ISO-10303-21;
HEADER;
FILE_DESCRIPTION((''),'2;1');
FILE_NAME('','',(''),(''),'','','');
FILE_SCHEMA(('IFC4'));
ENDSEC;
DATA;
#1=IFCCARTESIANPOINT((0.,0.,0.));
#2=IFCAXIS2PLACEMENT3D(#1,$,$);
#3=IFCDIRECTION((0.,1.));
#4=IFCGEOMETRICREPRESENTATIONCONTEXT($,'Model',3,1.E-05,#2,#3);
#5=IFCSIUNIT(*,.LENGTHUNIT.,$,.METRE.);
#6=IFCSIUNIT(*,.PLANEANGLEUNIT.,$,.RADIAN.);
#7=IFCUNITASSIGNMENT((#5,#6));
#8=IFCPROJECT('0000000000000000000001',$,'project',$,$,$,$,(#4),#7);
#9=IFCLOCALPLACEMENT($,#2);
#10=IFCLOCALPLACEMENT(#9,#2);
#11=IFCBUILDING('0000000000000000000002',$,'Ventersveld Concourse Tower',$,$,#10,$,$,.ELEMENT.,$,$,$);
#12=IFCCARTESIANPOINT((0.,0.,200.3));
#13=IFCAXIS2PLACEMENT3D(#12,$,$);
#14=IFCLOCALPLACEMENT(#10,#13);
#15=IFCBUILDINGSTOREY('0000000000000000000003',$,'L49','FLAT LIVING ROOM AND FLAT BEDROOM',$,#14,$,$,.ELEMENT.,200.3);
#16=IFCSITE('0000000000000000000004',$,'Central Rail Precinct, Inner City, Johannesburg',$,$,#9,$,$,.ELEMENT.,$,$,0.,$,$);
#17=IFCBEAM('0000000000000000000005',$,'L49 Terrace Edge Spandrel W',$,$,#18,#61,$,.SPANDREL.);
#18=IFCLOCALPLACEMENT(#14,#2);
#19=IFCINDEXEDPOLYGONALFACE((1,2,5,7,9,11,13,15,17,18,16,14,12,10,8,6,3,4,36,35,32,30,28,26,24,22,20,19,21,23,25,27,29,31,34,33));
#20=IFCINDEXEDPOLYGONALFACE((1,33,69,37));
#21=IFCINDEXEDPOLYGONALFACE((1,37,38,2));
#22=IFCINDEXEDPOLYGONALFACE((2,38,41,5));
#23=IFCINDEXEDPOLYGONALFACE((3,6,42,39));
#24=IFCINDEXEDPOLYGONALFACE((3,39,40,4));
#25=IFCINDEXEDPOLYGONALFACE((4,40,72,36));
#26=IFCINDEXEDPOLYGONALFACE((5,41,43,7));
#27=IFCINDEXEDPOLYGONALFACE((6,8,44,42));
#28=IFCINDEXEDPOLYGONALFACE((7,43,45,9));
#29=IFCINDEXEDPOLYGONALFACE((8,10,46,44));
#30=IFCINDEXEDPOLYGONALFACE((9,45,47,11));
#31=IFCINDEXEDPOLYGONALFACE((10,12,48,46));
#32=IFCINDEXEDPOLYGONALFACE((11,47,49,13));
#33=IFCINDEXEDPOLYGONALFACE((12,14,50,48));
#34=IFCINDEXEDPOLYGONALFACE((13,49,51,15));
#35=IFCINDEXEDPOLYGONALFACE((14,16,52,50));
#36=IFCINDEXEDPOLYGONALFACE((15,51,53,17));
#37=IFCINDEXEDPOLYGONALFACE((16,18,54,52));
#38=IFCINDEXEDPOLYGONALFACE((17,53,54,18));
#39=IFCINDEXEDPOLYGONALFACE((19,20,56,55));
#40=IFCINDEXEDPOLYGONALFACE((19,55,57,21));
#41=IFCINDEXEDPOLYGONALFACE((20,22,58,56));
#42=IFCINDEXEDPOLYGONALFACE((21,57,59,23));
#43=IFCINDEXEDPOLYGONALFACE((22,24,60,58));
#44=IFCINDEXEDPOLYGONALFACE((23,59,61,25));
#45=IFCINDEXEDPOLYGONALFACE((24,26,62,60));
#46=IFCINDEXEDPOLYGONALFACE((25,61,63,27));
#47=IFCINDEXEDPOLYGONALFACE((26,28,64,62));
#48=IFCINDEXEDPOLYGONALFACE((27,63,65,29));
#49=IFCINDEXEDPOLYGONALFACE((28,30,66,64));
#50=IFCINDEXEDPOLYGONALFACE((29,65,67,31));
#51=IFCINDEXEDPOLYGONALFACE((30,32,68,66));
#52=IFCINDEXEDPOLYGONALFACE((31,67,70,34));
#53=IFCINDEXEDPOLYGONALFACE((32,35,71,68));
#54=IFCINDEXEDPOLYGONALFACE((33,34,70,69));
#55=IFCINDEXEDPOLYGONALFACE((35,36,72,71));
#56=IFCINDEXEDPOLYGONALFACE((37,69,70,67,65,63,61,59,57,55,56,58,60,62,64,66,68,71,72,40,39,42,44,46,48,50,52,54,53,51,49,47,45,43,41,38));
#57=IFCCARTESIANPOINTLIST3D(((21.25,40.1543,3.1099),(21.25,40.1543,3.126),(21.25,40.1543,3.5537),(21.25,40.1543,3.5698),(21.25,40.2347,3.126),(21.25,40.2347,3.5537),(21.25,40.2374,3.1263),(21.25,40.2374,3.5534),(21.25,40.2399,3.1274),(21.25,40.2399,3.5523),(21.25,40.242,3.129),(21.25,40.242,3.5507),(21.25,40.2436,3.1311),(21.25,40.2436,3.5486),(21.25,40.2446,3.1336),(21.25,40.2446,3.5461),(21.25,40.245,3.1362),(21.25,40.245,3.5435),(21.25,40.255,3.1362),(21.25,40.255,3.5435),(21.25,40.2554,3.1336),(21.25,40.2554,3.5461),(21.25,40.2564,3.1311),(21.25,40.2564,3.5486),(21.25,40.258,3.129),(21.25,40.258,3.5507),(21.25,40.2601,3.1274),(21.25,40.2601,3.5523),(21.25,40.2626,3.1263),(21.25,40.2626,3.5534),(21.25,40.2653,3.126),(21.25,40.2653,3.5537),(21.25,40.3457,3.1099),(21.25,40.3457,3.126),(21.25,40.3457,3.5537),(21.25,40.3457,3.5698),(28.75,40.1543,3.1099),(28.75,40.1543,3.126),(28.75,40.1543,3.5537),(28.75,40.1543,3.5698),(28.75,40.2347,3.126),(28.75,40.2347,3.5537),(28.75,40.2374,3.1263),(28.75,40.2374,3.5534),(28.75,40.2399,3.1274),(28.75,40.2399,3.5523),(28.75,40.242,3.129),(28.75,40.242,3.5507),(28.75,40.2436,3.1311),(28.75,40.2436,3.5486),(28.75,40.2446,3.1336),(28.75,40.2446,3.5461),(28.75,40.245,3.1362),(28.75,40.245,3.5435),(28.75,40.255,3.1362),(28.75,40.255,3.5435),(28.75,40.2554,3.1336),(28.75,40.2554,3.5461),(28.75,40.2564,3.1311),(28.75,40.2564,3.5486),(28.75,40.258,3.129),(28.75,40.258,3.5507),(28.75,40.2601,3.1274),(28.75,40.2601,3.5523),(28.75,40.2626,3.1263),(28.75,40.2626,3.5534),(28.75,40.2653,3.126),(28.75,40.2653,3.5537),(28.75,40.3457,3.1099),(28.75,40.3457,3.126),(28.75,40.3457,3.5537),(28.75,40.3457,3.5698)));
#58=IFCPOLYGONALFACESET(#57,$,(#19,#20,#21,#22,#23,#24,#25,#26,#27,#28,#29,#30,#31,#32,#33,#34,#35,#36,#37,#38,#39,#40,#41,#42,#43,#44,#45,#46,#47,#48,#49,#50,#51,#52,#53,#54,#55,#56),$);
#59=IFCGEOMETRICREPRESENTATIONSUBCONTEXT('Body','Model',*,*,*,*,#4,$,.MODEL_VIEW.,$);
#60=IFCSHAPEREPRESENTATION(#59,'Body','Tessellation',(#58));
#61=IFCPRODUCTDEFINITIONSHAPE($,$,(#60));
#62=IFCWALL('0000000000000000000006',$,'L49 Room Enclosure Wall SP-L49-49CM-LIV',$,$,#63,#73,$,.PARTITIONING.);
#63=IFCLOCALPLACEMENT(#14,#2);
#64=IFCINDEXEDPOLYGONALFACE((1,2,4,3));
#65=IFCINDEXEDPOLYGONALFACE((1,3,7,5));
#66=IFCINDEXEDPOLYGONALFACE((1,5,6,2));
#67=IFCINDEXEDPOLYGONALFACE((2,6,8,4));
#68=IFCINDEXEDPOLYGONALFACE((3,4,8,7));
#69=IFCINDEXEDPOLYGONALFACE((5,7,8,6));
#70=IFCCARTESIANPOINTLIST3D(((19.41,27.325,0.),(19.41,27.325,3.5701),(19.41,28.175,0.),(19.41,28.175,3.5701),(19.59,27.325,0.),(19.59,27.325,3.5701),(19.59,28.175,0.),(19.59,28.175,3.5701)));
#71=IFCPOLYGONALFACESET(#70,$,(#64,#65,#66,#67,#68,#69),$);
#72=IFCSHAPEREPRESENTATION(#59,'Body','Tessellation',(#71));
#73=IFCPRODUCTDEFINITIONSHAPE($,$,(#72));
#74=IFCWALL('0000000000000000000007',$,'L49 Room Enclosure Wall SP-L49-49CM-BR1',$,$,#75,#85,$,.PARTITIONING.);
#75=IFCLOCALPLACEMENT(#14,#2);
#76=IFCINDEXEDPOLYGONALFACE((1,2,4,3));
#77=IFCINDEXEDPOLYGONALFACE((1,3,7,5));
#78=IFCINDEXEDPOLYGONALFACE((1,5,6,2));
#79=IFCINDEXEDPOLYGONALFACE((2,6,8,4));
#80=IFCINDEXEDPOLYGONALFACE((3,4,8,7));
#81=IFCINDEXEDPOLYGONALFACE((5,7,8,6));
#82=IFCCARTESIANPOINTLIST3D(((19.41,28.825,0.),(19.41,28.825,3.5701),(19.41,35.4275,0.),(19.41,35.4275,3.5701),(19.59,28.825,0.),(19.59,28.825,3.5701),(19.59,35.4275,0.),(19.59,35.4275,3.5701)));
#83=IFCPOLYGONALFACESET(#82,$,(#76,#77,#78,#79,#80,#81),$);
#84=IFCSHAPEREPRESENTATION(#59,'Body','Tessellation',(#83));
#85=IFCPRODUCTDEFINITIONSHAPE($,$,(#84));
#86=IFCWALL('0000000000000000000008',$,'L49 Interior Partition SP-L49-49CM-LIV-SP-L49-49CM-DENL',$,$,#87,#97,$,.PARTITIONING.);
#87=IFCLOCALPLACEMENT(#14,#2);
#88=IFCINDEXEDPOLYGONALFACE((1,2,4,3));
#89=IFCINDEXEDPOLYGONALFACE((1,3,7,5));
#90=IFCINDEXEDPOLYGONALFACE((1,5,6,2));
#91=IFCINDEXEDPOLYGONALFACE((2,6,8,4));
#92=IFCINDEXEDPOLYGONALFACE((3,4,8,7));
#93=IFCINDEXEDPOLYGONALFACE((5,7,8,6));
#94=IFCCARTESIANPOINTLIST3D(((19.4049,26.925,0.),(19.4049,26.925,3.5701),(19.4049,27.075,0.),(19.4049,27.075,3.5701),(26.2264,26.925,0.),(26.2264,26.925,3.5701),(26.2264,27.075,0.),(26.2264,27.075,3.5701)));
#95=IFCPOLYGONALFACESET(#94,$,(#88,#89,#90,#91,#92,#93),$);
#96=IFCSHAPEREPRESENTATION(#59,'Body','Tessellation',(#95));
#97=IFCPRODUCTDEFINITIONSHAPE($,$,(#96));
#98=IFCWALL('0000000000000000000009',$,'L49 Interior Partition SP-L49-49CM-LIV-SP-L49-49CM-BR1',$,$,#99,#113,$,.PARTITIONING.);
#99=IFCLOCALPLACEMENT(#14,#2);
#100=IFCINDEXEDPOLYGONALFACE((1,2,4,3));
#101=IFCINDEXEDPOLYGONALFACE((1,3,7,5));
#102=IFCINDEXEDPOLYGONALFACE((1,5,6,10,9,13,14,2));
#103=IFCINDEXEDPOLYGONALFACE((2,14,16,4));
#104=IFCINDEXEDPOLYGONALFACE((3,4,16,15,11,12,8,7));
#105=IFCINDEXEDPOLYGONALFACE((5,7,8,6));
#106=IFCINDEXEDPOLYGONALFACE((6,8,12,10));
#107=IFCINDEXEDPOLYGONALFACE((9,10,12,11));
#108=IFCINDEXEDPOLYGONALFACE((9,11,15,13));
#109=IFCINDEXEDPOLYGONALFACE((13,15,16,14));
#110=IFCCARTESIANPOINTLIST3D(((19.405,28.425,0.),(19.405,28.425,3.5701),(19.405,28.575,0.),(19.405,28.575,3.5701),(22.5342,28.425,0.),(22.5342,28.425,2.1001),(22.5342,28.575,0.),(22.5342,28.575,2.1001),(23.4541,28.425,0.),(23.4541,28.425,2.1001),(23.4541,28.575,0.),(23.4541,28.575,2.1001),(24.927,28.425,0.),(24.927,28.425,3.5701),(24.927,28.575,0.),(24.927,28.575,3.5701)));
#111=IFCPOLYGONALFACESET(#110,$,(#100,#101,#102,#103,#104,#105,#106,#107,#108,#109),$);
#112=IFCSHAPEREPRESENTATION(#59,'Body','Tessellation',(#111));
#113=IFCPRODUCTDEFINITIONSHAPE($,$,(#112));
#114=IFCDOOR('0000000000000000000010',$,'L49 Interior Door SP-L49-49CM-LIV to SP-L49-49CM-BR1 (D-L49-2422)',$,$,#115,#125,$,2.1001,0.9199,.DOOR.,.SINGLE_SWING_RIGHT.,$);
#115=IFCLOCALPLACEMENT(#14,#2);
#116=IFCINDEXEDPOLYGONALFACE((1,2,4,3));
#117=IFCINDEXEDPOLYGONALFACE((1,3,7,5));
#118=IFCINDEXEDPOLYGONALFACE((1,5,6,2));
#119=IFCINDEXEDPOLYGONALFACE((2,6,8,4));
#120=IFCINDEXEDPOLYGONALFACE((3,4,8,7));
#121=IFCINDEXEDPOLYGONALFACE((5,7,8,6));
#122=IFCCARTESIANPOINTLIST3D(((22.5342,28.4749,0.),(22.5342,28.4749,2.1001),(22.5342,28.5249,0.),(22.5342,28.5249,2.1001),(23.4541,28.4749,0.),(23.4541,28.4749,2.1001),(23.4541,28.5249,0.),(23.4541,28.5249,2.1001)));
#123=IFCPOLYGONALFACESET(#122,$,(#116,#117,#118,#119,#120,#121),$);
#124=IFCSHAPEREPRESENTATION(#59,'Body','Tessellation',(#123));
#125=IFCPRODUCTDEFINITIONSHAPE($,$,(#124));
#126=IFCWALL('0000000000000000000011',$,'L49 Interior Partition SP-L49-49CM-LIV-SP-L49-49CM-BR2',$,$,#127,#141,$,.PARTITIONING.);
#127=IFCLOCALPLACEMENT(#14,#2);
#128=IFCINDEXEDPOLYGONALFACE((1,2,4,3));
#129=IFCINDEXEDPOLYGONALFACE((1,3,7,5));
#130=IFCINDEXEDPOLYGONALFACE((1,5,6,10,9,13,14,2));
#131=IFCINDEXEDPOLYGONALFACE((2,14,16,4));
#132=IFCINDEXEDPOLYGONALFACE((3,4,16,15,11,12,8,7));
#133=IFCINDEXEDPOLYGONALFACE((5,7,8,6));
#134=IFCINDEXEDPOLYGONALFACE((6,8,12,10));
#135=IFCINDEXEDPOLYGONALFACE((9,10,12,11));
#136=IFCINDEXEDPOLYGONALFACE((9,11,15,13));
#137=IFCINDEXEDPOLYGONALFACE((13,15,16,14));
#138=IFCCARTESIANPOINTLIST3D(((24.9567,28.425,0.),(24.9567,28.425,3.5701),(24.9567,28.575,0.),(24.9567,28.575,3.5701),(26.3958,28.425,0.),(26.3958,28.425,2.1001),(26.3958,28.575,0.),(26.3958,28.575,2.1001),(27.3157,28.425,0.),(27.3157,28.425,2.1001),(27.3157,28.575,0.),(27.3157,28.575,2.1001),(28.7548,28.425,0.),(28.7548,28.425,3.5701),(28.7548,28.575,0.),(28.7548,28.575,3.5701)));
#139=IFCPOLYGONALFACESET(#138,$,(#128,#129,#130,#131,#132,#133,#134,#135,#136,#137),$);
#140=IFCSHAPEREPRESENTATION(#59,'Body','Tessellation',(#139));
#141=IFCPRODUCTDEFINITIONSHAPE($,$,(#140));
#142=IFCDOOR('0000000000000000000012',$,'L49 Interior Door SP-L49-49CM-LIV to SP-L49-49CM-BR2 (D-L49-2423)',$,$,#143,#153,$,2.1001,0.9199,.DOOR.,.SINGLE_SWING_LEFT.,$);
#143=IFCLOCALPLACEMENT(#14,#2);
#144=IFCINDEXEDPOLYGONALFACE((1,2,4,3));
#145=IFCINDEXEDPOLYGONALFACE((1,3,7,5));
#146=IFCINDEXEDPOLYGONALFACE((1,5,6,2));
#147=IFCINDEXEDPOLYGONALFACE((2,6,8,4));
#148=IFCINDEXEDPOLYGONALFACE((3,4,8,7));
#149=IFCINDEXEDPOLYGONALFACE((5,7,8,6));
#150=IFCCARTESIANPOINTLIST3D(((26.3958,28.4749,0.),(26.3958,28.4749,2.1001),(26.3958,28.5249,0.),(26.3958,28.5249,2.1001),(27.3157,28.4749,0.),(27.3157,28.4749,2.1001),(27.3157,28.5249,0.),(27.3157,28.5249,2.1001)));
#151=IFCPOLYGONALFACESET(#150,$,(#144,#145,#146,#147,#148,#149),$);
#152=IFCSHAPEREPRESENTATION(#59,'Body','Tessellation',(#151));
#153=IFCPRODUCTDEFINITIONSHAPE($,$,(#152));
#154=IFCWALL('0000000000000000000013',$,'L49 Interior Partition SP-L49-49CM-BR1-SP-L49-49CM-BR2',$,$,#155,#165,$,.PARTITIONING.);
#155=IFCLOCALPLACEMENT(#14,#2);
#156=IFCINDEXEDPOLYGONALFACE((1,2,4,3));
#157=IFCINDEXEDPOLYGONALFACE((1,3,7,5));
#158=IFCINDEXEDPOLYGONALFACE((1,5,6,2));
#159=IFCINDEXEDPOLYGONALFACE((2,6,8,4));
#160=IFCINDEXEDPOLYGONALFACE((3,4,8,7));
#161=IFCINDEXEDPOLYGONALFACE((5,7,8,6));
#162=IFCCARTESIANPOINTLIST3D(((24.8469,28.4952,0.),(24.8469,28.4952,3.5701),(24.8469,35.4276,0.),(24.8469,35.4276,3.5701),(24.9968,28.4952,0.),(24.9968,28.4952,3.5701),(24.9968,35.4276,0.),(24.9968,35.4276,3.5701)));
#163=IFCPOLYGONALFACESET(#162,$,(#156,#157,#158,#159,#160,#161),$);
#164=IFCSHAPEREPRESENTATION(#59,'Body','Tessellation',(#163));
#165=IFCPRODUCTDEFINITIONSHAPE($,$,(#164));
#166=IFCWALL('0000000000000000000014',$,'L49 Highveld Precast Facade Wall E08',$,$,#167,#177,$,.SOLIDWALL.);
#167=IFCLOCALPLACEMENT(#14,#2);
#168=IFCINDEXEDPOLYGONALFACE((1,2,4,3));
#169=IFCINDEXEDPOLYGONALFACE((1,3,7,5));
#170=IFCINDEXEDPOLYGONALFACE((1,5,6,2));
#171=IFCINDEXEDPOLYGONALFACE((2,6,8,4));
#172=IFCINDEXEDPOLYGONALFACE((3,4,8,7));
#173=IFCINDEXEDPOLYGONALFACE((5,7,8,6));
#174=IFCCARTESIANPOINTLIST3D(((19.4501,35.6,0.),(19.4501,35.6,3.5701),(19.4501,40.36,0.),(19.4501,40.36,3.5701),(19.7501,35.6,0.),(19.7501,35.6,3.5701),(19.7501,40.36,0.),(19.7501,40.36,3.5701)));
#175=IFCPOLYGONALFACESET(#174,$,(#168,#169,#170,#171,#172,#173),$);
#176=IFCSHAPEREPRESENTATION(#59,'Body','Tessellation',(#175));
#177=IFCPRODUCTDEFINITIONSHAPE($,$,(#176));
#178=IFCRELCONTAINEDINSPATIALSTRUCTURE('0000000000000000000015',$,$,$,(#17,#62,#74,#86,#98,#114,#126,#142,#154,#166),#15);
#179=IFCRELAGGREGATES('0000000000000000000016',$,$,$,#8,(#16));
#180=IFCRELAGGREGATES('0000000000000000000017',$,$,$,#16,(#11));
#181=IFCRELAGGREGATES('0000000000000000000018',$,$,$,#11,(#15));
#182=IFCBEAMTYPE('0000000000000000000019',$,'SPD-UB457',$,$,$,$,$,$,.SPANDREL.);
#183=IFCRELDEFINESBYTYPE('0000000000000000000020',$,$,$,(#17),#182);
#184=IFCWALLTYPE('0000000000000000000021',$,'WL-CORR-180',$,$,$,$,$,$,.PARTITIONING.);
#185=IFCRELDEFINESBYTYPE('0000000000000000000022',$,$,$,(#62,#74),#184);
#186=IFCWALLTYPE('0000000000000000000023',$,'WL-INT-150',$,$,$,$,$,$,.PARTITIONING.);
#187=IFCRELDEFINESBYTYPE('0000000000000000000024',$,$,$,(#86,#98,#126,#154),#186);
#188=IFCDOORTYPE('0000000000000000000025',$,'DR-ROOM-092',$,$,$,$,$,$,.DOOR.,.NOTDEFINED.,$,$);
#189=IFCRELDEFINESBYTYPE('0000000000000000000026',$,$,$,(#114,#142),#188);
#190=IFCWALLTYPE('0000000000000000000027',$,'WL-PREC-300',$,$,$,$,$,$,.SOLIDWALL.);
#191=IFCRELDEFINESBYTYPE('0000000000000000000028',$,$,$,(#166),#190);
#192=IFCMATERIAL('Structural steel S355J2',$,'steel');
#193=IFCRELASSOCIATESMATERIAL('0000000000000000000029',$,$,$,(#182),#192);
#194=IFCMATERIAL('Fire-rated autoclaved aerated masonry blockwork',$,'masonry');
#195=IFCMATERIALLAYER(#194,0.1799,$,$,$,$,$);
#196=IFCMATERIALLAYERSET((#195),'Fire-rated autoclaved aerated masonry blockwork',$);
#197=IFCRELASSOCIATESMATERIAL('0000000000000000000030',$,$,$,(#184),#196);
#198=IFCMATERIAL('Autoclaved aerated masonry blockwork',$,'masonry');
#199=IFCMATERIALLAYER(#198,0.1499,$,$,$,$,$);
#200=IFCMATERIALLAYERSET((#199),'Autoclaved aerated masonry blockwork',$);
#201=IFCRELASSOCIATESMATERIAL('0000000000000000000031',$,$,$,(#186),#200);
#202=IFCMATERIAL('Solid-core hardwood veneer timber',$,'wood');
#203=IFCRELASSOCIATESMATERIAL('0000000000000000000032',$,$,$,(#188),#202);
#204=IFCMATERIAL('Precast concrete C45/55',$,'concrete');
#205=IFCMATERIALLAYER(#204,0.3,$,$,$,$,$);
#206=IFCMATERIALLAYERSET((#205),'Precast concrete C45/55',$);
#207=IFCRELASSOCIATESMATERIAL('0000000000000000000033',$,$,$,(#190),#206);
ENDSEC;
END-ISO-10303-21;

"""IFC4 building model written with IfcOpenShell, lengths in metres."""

from ifc_helpers import new_model, si_unit, direction, frame, frame_2d, origin, origin_2d, place, context, subcontext, project, spatial, rectangle, i_section, extrude, material, layer, layer_set, material_profile, profile_set, type_object, element, fill, save


model = new_model("IFC4")

# Units and contexts
model_context = context("Model", 3, precision=1e-05, world=origin(), true_north=direction((0.0, 1.0)))
body_context = subcontext(model_context, "Body", "Model", "MODEL_VIEW")
ifc_project = project(units=[si_unit("LENGTHUNIT", "METRE"), si_unit("PLANEANGLEUNIT", "RADIAN")], contexts=[model_context])

# Site, building, storey
site_placement = place(None, origin())
site = spatial("IfcSite", under=ifc_project, at=site_placement, Name="Central Rail Precinct, Inner City, Johannesburg", CompositionType="ELEMENT", RefElevation=0.0)
building_placement = place(site_placement, origin())
building = spatial("IfcBuilding", under=site, at=building_placement, Name="Ventersveld Concourse Tower", CompositionType="ELEMENT")
storey_placement = place(building_placement, frame((0.0, 0.0, 200.3)))
storey = spatial("IfcBuildingStorey", under=building, at=storey_placement, Name="L49", Description="FLAT LIVING ROOM AND FLAT BEDROOM", CompositionType="ELEMENT", Elevation=200.3)

# Shared definitions
ifc_material_1 = material(Name="Structural steel S355J2", Category="steel")

# Beam
ifc_material_profile_1 = material_profile(ifc_material_1, i_section(OverallWidth=0.1914, OverallDepth=0.46, WebThickness=0.01, FlangeThickness=0.0161, FilletRadius=0.0103, at=origin_2d()), Name="UB 457x191x82")
ifc_profile_set_1 = profile_set([ifc_material_profile_1], Name="Structural steel S355J2")
beam_type_1 = type_object("IfcBeamType", Name="SPD-UB457", PredefinedType="SPANDREL", material=ifc_profile_set_1)
beam_1_placement = place(storey_placement, frame((21.25, 40.25, 3.3398), z_axis=(1.0, 0.0, 0.0), x_axis=(0.0, 1.0, 0.0)))
element("IfcBeam", 1, at=beam_1_placement, inside=storey, type_object=beam_type_1, Name="L49 Terrace Edge Spandrel W", PredefinedType="SPANDREL", context=body_context, shape_type="SweptSolid", body=[
    extrude(i_section(OverallWidth=0.1914, OverallDepth=0.46, WebThickness=0.01, FlangeThickness=0.0161, FilletRadius=0.0103, at=origin_2d()), origin(), (0.0, 0.0, 1.0), 7.5),
])

# Walls
ifc_material_2 = material(Name="Fire-rated autoclaved aerated masonry blockwork", Category="masonry")
ifc_layer_1 = layer(ifc_material_2, 0.1799)
ifc_layer_set_1 = layer_set([ifc_layer_1], Name="Fire-rated autoclaved aerated masonry blockwork")
wall_type_1 = type_object("IfcWallType", Name="WL-CORR-180", PredefinedType="PARTITIONING", material=ifc_layer_set_1)
wall_1_placement = place(storey_placement, frame((19.5, 27.325, 0.0), z_axis=(0.0, 0.0, 1.0), x_axis=(0.0, 1.0, 0.0)))
element("IfcWall", 2, at=wall_1_placement, inside=storey, type_object=wall_type_1, Name="L49 Room Enclosure Wall SP-L49-49CM-LIV", PredefinedType="PARTITIONING", context=body_context, shape_type="SweptSolid", body=[
    extrude(rectangle(XDim=0.8501, YDim=0.1799, at=frame_2d((0.425, 0.0))), origin(), (0.0, 0.0, 1.0), 3.5701),
])
wall_2_placement = place(storey_placement, frame((19.5, 28.825, 0.0), z_axis=(0.0, 0.0, 1.0), x_axis=(0.0, 1.0, 0.0)))
element("IfcWall", 3, at=wall_2_placement, inside=storey, type_object=wall_type_1, Name="L49 Room Enclosure Wall SP-L49-49CM-BR1", PredefinedType="PARTITIONING", context=body_context, shape_type="SweptSolid", body=[
    extrude(rectangle(XDim=6.6025, YDim=0.1799, at=frame_2d((3.3013, 0.0))), origin(), (0.0, 0.0, 1.0), 3.5701),
])
ifc_material_3 = material(Name="Autoclaved aerated masonry blockwork", Category="masonry")
ifc_layer_2 = layer(ifc_material_3, 0.1499)
ifc_layer_set_2 = layer_set([ifc_layer_2], Name="Autoclaved aerated masonry blockwork")
wall_type_2 = type_object("IfcWallType", Name="WL-INT-150", PredefinedType="PARTITIONING", material=ifc_layer_set_2)
wall_3_placement = place(storey_placement, frame((19.405, 27.0, 0.0), z_axis=(0.0, 0.0, 1.0), x_axis=(1.0, 0.0, 0.0)))
element("IfcWall", 4, at=wall_3_placement, inside=storey, type_object=wall_type_2, Name="L49 Interior Partition SP-L49-49CM-LIV-SP-L49-49CM-DENL", PredefinedType="PARTITIONING", context=body_context, shape_type="SweptSolid", body=[
    extrude(rectangle(XDim=6.8215, YDim=0.1499, at=frame_2d((3.4106, 0.0))), origin(), (0.0, 0.0, 1.0), 3.5701),
])

# Walls, openings, doors
wall_4_placement = place(storey_placement, frame((19.405, 28.5, 0.0), z_axis=(0.0, 0.0, 1.0), x_axis=(1.0, 0.0, 0.0)))
wall_4 = element("IfcWall", 5, at=wall_4_placement, inside=storey, type_object=wall_type_2, Name="L49 Interior Partition SP-L49-49CM-LIV-SP-L49-49CM-BR1", PredefinedType="PARTITIONING", context=body_context, shape_type="SweptSolid", body=[
    extrude(rectangle(XDim=5.522, YDim=0.1499, at=frame_2d((2.761, 0.0))), origin(), (0.0, 0.0, 1.0), 3.5701),
])
opening_1_placement = place(wall_4_placement, frame((3.1292, 0.0, 0.0)))
opening_1 = element("IfcOpeningElement", 6, at=opening_1_placement, cuts=wall_4, PredefinedType="OPENING", context=body_context, shape_type="SweptSolid", body=[
    extrude(rectangle(XDim=0.9199, YDim=2.1001, at=frame_2d((0.46, 1.05))), frame((0.0, 0.085, 0.0), z_axis=(0.0, -1.0, 0.0), x_axis=(1.0, 0.0, 0.0)), (0.0, 0.0, 1.0), 0.1699),
])
ifc_material_4 = material(Name="Solid-core hardwood veneer timber", Category="wood")
door_type = type_object("IfcDoorType", Name="DR-ROOM-092", OperationType="NOTDEFINED", PredefinedType="DOOR", material=ifc_material_4)
door_1_placement = place(opening_1_placement, origin())
door_1 = element("IfcDoor", 7, at=door_1_placement, inside=storey, type_object=door_type, Name="L49 Interior Door SP-L49-49CM-LIV to SP-L49-49CM-BR1 (D-L49-2422)", OperationType="SINGLE_SWING_RIGHT", OverallHeight=2.1001, OverallWidth=0.9199, PredefinedType="DOOR", context=body_context, shape_type="SweptSolid", body=[
    extrude(rectangle(XDim=0.9199, YDim=2.1001, at=frame_2d((0.46, 1.05))), frame((0.0, 0.0249, 0.0), z_axis=(0.0, -1.0, 0.0), x_axis=(1.0, 0.0, 0.0)), (0.0, 0.0, 1.0), 0.05),
])
fill(opening_1, door_1)
wall_5_placement = place(storey_placement, frame((24.9568, 28.5, 0.0), z_axis=(0.0, 0.0, 1.0), x_axis=(1.0, 0.0, 0.0)))
wall_5 = element("IfcWall", 8, at=wall_5_placement, inside=storey, type_object=wall_type_2, Name="L49 Interior Partition SP-L49-49CM-LIV-SP-L49-49CM-BR2", PredefinedType="PARTITIONING", context=body_context, shape_type="SweptSolid", body=[
    extrude(rectangle(XDim=3.7981, YDim=0.1499, at=frame_2d((1.8989, 0.0))), origin(), (0.0, 0.0, 1.0), 3.5701),
])
opening_2_placement = place(wall_5_placement, frame((1.439, 0.0, 0.0)))
opening_2 = element("IfcOpeningElement", 9, at=opening_2_placement, cuts=wall_5, PredefinedType="OPENING", context=body_context, shape_type="SweptSolid", body=[
    extrude(rectangle(XDim=0.9199, YDim=2.1001, at=frame_2d((0.46, 1.05))), frame((0.0, 0.085, 0.0), z_axis=(0.0, -1.0, 0.0), x_axis=(1.0, 0.0, 0.0)), (0.0, 0.0, 1.0), 0.1699),
])
door_2_placement = place(opening_2_placement, origin())
door_2 = element("IfcDoor", 10, at=door_2_placement, inside=storey, type_object=door_type, Name="L49 Interior Door SP-L49-49CM-LIV to SP-L49-49CM-BR2 (D-L49-2423)", OperationType="SINGLE_SWING_LEFT", OverallHeight=2.1001, OverallWidth=0.9199, PredefinedType="DOOR", context=body_context, shape_type="SweptSolid", body=[
    extrude(rectangle(XDim=0.9199, YDim=2.1001, at=frame_2d((0.46, 1.05))), frame((0.0, 0.0249, 0.0), z_axis=(0.0, -1.0, 0.0), x_axis=(1.0, 0.0, 0.0)), (0.0, 0.0, 1.0), 0.05),
])
fill(opening_2, door_2)

# Walls
wall_6_placement = place(storey_placement, frame((24.9219, 28.4951, 0.0), z_axis=(0.0, 0.0, 1.0), x_axis=(0.0, 1.0, 0.0)))
element("IfcWall", 11, at=wall_6_placement, inside=storey, type_object=wall_type_2, Name="L49 Interior Partition SP-L49-49CM-BR1-SP-L49-49CM-BR2", PredefinedType="PARTITIONING", context=body_context, shape_type="SweptSolid", body=[
    extrude(rectangle(XDim=6.9324, YDim=0.1499, at=frame_2d((3.4663, 0.0))), origin(), (0.0, 0.0, 1.0), 3.5701),
])
ifc_material_5 = material(Name="Precast concrete C45/55", Category="concrete")
ifc_layer_3 = layer(ifc_material_5, 0.3)
ifc_layer_set_3 = layer_set([ifc_layer_3], Name="Precast concrete C45/55")
wall_type_3 = type_object("IfcWallType", Name="WL-PREC-300", PredefinedType="SOLIDWALL", material=ifc_layer_set_3)
wall_7_placement = place(storey_placement, frame((19.6001, 35.6001, 0.0), z_axis=(0.0, 0.0, 1.0), x_axis=(0.0, 1.0, 0.0)))
element("IfcWall", 12, at=wall_7_placement, inside=storey, type_object=wall_type_3, Name="L49 Highveld Precast Facade Wall E08", PredefinedType="SOLIDWALL", context=body_context, shape_type="SweptSolid", body=[
    extrude(rectangle(XDim=4.76, YDim=0.3, at=frame_2d((2.3799, 0.0))), origin(), (0.0, 0.0, 1.0), 3.5701),
])

save(model, "model.ifc")
